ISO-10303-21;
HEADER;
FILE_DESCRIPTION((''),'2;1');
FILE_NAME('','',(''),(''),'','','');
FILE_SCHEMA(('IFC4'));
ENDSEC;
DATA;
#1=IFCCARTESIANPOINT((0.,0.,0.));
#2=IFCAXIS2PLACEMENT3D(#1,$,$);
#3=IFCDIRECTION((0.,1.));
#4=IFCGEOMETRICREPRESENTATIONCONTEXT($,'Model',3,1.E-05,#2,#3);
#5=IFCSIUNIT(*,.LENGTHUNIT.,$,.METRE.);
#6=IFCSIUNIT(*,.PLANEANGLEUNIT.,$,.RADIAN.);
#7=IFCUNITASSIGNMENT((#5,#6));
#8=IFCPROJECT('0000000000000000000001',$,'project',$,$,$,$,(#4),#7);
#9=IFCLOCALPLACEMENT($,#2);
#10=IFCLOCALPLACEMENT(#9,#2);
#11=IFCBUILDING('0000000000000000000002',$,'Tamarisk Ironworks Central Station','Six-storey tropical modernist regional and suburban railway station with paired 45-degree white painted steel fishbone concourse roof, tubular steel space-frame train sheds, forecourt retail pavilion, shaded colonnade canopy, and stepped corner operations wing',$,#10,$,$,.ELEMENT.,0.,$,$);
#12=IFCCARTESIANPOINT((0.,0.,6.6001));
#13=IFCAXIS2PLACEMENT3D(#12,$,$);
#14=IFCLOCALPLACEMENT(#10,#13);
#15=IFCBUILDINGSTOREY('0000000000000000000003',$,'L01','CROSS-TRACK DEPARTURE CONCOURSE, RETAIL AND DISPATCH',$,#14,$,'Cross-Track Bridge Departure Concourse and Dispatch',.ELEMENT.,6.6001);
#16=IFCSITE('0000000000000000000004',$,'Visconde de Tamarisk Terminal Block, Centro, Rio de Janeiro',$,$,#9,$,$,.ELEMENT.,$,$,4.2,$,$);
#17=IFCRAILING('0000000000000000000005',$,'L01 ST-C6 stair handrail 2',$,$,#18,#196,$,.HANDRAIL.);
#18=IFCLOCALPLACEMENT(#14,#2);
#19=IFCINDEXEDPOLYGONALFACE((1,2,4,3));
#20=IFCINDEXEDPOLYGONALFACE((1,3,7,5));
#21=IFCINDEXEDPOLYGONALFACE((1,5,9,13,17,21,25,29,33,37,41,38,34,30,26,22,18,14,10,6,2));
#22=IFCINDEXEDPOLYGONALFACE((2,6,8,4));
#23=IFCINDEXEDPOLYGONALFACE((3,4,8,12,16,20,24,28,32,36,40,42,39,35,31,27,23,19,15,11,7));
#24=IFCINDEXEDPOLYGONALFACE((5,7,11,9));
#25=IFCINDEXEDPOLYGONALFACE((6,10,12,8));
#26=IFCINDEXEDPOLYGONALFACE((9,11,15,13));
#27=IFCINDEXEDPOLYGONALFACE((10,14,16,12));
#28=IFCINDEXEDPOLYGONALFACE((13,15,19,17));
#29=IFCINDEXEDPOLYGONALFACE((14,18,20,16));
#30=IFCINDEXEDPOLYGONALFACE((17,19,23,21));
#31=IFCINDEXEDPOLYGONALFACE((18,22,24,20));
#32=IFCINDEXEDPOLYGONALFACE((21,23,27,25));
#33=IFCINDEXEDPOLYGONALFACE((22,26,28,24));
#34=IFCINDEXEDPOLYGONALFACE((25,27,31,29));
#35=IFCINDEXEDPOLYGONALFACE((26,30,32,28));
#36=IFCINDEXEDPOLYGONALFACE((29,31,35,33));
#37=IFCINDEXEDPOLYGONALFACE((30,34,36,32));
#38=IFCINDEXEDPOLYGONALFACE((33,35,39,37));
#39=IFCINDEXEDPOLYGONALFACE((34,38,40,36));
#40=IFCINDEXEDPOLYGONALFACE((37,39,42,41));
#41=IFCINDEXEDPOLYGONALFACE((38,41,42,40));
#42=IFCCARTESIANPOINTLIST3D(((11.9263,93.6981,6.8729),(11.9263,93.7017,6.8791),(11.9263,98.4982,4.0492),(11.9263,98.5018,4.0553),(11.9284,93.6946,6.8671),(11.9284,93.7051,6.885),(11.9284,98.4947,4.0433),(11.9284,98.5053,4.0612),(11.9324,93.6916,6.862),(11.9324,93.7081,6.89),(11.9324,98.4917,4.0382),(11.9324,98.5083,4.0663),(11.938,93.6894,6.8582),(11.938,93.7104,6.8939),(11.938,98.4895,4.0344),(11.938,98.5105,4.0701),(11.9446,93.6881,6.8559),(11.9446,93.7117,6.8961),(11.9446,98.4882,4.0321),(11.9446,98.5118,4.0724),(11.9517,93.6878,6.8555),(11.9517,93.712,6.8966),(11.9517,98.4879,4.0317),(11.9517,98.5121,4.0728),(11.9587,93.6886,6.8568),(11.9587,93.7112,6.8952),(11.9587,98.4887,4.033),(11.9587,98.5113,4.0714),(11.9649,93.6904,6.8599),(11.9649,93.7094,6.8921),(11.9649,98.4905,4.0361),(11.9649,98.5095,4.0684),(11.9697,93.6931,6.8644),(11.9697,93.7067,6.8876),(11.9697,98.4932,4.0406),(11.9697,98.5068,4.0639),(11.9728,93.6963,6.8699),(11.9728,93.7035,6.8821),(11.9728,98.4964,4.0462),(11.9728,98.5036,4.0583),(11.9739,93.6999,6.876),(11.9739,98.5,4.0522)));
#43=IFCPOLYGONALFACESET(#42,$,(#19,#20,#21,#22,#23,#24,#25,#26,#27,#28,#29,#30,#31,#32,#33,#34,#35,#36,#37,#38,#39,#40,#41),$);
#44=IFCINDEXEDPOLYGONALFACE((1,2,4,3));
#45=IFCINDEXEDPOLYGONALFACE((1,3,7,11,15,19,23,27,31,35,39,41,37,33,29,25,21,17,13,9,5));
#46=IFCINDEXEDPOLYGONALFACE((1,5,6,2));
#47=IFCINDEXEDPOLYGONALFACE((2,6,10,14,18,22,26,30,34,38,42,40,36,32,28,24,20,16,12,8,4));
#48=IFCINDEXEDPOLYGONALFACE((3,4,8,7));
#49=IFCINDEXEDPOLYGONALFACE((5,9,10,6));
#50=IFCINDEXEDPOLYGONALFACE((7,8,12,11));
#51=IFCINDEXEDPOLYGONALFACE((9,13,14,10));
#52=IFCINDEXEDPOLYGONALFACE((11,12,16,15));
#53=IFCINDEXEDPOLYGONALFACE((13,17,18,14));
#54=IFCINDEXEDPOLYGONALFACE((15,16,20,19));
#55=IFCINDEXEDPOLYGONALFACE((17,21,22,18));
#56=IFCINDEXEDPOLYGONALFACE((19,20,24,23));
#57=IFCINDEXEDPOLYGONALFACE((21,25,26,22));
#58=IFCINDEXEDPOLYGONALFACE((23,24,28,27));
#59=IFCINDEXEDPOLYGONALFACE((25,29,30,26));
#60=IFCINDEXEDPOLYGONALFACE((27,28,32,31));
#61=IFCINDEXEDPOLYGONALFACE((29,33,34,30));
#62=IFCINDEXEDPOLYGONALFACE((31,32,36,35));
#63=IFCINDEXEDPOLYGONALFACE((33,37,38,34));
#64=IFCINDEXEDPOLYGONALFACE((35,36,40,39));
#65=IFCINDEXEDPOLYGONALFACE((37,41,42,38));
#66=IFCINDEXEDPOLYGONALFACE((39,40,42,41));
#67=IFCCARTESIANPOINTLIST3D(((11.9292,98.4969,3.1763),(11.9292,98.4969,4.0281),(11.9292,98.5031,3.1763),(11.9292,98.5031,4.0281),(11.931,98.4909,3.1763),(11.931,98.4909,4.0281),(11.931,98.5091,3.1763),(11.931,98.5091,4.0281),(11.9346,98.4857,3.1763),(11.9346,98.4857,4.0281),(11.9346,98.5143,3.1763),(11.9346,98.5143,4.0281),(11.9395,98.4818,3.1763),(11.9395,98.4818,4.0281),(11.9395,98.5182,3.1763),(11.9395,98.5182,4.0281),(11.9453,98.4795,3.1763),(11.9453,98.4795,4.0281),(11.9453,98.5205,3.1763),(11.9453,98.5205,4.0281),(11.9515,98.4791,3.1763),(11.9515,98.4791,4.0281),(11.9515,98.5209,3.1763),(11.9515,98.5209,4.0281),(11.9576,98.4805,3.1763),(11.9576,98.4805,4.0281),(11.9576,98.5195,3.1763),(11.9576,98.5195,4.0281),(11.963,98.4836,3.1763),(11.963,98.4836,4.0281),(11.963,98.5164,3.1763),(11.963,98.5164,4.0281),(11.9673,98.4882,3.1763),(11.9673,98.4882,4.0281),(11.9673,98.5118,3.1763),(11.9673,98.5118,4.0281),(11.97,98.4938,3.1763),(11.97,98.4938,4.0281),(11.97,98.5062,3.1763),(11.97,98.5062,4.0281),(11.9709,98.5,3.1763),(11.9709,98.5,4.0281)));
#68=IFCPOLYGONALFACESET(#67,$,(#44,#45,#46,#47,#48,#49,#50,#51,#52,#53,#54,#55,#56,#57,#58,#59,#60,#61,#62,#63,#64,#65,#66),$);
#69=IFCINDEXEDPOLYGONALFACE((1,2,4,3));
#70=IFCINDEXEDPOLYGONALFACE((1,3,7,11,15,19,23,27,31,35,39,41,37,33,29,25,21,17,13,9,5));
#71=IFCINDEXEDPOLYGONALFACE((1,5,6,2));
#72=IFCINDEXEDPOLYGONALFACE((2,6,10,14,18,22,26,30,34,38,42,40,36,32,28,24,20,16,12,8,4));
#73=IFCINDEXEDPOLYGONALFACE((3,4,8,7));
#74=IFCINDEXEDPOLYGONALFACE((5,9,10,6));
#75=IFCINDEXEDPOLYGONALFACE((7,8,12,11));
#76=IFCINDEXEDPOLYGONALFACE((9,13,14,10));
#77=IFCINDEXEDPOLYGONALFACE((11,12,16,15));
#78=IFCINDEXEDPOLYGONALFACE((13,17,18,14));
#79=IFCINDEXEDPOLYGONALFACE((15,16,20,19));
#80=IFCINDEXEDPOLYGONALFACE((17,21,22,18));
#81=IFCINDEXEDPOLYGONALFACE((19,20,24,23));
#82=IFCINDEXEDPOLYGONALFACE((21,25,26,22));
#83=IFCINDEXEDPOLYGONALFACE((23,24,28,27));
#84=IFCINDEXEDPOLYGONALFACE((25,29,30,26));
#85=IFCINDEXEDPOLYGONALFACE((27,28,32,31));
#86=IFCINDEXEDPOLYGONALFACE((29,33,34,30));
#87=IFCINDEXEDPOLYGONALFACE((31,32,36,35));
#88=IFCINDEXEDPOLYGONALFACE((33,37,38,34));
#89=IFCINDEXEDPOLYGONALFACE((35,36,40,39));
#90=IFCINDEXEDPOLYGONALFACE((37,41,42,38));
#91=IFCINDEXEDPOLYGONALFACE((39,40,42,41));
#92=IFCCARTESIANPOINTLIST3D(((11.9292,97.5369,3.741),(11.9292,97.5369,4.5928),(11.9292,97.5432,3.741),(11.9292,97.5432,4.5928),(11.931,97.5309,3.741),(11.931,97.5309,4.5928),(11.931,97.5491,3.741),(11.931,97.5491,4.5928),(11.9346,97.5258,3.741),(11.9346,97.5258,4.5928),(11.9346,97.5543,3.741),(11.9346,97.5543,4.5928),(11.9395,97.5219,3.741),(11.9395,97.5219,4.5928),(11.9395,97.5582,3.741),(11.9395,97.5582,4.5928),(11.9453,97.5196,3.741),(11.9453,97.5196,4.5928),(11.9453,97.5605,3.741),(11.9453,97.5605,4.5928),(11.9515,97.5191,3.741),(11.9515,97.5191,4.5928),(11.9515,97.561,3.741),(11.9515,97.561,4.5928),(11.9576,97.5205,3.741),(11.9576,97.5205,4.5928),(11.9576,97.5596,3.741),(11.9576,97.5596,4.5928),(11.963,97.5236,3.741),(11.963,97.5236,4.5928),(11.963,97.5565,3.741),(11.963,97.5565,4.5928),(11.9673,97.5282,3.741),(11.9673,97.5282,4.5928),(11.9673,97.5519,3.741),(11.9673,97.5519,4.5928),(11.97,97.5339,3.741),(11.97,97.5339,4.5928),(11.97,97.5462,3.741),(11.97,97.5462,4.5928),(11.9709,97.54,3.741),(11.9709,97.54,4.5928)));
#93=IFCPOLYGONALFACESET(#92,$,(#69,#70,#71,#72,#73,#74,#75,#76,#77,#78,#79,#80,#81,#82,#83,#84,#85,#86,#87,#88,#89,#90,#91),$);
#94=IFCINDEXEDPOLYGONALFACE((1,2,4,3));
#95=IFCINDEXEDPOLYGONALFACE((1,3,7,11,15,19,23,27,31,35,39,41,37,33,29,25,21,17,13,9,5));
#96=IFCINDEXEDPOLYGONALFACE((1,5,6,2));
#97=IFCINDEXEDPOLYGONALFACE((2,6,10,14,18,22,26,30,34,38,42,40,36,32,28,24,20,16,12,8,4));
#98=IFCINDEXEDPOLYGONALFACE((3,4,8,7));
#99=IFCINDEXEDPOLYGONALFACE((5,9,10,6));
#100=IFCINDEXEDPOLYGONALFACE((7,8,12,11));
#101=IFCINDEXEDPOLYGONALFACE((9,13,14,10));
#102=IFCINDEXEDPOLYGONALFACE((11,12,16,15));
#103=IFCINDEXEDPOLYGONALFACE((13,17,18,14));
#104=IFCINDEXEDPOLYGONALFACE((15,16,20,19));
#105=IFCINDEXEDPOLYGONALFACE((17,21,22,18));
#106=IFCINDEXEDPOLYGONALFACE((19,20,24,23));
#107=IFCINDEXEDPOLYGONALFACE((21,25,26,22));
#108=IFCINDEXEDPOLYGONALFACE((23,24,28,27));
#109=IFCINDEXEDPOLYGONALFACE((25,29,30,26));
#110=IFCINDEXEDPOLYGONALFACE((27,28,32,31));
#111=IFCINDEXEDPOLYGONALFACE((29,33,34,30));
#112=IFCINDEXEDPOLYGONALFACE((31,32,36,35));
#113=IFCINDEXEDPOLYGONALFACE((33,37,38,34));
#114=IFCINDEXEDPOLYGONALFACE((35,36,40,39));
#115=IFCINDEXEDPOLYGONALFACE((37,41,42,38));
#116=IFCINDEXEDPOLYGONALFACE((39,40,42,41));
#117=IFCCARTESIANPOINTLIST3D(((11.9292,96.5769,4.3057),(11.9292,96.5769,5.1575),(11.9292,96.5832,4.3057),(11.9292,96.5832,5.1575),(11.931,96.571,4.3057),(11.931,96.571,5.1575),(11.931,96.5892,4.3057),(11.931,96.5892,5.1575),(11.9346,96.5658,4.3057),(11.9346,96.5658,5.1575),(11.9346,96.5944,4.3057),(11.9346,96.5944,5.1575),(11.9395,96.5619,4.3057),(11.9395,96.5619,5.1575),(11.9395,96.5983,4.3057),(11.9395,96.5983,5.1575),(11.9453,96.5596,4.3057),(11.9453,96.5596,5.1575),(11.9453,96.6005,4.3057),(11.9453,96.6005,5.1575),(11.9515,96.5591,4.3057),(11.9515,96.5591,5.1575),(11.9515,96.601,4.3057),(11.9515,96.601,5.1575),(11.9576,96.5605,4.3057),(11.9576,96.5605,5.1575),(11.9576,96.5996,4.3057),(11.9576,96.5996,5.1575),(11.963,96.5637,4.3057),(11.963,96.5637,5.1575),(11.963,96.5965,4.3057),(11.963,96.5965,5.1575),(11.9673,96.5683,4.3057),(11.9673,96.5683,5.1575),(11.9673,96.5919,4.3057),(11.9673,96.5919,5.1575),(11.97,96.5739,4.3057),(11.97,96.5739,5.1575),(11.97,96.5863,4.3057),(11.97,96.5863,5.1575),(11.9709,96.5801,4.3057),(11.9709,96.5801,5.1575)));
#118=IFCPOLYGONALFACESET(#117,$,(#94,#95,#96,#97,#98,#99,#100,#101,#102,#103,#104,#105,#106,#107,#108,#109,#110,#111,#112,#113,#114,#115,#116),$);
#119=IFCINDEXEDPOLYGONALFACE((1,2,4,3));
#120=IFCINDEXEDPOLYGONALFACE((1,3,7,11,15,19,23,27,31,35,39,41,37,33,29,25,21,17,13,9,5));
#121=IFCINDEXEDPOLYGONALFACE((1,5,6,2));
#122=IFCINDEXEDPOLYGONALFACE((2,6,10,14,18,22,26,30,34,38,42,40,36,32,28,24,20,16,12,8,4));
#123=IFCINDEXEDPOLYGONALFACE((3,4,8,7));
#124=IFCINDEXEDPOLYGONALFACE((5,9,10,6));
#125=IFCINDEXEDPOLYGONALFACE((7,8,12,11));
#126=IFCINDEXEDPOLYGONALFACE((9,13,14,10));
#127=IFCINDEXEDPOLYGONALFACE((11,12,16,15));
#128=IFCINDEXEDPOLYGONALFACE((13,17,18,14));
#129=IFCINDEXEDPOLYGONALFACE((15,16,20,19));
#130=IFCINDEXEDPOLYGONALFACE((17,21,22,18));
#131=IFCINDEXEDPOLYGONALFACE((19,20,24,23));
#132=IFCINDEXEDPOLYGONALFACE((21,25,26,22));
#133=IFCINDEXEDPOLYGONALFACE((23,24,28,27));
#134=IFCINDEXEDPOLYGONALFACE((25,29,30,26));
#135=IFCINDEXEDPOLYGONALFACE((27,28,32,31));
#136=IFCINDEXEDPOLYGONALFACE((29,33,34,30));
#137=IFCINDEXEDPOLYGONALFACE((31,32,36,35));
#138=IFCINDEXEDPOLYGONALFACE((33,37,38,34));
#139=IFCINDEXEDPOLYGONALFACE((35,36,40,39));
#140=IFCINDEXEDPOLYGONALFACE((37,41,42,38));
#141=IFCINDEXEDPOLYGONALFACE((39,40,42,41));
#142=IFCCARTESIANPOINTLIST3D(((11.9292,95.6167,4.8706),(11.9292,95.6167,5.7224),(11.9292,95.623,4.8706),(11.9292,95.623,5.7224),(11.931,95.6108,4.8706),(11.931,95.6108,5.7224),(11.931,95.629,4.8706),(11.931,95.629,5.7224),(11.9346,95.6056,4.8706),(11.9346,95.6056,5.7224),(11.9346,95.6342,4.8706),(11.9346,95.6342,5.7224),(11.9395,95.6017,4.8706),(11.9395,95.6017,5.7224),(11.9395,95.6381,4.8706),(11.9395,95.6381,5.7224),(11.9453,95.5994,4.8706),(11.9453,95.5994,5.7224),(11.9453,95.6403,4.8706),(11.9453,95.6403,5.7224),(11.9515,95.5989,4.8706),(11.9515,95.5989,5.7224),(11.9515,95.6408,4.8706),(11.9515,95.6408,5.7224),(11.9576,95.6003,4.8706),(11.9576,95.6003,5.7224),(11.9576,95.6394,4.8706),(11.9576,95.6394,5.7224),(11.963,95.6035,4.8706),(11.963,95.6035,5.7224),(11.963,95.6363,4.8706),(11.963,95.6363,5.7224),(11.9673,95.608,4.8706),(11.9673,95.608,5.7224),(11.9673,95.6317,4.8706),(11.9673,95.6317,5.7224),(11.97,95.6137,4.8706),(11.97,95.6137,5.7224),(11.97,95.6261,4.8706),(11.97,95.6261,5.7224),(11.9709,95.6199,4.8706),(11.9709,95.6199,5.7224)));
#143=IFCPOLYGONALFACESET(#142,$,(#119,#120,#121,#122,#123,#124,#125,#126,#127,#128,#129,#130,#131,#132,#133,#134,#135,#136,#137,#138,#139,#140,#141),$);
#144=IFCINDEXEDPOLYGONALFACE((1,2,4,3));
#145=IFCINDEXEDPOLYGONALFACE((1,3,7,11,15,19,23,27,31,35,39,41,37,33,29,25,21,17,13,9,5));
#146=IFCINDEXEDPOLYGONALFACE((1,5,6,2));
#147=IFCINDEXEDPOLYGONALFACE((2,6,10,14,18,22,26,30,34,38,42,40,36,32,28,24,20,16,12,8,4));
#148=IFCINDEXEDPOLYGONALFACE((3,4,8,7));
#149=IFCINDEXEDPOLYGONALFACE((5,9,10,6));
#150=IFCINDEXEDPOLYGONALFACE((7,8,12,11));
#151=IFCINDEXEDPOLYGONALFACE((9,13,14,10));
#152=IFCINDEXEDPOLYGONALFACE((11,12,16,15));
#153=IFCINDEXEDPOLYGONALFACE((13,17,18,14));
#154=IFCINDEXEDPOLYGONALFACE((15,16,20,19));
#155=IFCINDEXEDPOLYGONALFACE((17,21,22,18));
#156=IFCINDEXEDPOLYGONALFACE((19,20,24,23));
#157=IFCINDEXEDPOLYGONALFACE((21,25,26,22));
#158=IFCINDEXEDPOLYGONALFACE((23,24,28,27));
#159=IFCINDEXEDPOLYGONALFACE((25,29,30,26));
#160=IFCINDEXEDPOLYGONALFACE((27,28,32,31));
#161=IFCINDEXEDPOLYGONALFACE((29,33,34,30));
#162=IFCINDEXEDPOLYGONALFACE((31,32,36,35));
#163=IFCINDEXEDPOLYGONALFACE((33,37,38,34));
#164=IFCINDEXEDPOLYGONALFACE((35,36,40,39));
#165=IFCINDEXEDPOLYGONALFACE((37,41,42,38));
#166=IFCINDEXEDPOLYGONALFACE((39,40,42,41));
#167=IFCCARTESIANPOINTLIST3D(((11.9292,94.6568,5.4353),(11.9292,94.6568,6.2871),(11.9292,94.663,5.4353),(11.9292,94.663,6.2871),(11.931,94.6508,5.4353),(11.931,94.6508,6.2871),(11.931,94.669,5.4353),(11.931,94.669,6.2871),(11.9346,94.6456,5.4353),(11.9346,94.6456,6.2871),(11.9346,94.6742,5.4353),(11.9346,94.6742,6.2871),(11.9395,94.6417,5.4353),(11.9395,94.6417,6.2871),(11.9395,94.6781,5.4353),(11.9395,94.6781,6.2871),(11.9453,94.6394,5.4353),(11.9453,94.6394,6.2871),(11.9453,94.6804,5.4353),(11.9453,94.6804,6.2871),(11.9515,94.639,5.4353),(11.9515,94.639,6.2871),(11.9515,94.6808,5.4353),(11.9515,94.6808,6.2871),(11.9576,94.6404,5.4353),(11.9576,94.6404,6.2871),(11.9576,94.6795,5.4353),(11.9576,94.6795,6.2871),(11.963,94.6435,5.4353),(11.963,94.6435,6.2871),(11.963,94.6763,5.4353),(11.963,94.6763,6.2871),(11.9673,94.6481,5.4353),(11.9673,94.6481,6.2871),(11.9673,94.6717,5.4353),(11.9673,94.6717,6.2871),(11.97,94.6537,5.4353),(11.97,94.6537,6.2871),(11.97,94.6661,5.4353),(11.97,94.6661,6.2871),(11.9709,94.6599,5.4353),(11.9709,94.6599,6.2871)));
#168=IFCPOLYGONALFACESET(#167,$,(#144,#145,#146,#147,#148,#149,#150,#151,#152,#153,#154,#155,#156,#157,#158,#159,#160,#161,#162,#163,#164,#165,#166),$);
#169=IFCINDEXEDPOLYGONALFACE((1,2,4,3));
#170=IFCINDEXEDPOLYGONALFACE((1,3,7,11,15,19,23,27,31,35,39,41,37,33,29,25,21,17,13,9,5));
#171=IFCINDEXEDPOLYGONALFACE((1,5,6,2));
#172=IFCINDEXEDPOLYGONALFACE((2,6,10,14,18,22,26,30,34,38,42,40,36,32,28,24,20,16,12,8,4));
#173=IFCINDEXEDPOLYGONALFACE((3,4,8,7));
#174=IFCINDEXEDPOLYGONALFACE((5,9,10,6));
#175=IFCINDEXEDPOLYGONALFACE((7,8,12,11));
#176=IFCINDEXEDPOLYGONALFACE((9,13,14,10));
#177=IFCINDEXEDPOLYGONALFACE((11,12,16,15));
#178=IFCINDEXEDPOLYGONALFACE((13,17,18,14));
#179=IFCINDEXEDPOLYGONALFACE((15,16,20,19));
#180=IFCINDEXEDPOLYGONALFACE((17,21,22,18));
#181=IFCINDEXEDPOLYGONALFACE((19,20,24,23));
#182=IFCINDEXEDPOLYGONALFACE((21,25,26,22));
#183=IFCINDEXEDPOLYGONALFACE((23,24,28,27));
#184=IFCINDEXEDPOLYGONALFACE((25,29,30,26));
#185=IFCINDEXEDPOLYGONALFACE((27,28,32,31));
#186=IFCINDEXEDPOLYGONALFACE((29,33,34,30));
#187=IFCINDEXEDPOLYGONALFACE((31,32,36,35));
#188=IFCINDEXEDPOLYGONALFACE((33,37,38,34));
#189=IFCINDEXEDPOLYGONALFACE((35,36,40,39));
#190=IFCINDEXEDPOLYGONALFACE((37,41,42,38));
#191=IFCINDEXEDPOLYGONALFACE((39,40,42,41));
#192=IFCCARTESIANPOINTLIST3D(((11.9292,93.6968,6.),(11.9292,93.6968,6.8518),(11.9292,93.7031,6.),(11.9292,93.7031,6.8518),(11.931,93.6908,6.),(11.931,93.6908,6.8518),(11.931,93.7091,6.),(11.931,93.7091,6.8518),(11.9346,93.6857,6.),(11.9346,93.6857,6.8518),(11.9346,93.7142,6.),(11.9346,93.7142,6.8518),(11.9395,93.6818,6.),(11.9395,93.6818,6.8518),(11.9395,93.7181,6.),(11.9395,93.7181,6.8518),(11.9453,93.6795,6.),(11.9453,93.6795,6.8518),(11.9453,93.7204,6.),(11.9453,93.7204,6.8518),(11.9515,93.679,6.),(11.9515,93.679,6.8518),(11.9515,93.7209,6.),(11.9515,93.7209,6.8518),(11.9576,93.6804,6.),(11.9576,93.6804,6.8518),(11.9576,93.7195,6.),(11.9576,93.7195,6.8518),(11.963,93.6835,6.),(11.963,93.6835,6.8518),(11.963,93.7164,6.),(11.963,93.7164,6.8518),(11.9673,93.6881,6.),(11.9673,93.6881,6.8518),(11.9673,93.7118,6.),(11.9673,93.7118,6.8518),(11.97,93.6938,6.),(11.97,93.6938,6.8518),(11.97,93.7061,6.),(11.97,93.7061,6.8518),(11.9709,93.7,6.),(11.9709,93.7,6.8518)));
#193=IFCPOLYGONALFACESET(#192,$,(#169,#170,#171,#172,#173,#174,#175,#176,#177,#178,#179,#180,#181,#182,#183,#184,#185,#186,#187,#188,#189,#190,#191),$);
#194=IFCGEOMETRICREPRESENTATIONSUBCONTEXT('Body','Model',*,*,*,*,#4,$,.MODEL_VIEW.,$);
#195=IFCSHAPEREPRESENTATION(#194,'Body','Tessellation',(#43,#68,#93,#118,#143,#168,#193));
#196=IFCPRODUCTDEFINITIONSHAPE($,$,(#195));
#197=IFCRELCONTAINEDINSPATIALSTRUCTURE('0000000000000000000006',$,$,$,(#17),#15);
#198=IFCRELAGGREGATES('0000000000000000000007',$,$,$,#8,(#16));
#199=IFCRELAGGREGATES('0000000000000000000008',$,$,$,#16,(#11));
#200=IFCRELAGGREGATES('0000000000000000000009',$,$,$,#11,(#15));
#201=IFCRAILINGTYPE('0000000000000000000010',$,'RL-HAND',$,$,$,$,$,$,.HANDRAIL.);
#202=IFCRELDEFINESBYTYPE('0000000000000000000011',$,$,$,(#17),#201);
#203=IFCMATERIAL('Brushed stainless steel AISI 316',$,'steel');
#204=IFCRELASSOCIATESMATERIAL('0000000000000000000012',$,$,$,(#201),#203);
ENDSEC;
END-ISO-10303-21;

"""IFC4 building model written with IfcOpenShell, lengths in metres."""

from ifc_helpers import new_model, si_unit, direction, frame, origin, origin_2d, place, context, subcontext, project, spatial, circle, extrude, material, type_object, element, save


model = new_model("IFC4")

# Units and contexts
model_context = context("Model", 3, precision=1e-05, world=origin(), true_north=direction((0.0, 1.0)))
body_context = subcontext(model_context, "Body", "Model", "MODEL_VIEW")
ifc_project = project(units=[si_unit("LENGTHUNIT", "METRE"), si_unit("PLANEANGLEUNIT", "RADIAN")], contexts=[model_context])

# Site, building, storey
site_placement = place(None, origin())
site = spatial("IfcSite", under=ifc_project, at=site_placement, Name="Visconde de Tamarisk Terminal Block, Centro, Rio de Janeiro", CompositionType="ELEMENT", RefElevation=4.2)
building_placement = place(site_placement, origin())
building = spatial("IfcBuilding", under=site, at=building_placement, Name="Tamarisk Ironworks Central Station", Description="Six-storey tropical modernist regional and suburban railway station with paired 45-degree white painted steel fishbone concourse roof, tubular steel space-frame train sheds, forecourt retail pavilion, shaded colonnade canopy, and stepped corner operations wing", CompositionType="ELEMENT", ElevationOfRefHeight=0.0)
storey_placement = place(building_placement, frame((0.0, 0.0, 6.6001)))
storey = spatial("IfcBuildingStorey", under=building, at=storey_placement, Name="L01", Description="CROSS-TRACK DEPARTURE CONCOURSE, RETAIL AND DISPATCH", LongName="Cross-Track Bridge Departure Concourse and Dispatch", CompositionType="ELEMENT", Elevation=6.6001)

# Railing
ifc_material_1 = material(Name="Brushed stainless steel AISI 316", Category="steel")
railing_type_1 = type_object("IfcRailingType", Name="RL-HAND", PredefinedType="HANDRAIL", material=ifc_material_1)
railing_1_placement = place(storey_placement, frame((11.95, 98.5, 3.1763)))
element("IfcRailing", 1, at=railing_1_placement, inside=storey, type_object=railing_type_1, Name="L01 ST-C6 stair handrail 2", PredefinedType="HANDRAIL", context=body_context, shape_type="SweptSolid", body=[
    extrude(circle(Radius=0.0239, at=origin_2d()), frame((0.0, 0.0, 0.876), z_axis=(0.0, -0.861921, 0.507043), x_axis=(1.0, 0.0, 0.0)), (0.0, 0.0, 1.0), 5.5691),
    extrude(circle(Radius=0.021, at=origin_2d()), origin(), (0.0, 0.0, 1.0), 0.8518),
    extrude(circle(Radius=0.021, at=origin_2d()), frame((0.0, -0.96, 0.5647)), (0.0, 0.0, 1.0), 0.8518),
    extrude(circle(Radius=0.021, at=origin_2d()), frame((0.0, -1.9199, 1.1294)), (0.0, 0.0, 1.0), 0.8518),
    extrude(circle(Radius=0.021, at=origin_2d()), frame((0.0, -2.8801, 1.6943)), (0.0, 0.0, 1.0), 0.8518),
    extrude(circle(Radius=0.021, at=origin_2d()), frame((0.0, -3.8401, 2.259)), (0.0, 0.0, 1.0), 0.8518),
    extrude(circle(Radius=0.021, at=origin_2d()), frame((0.0, -4.8, 2.8237)), (0.0, 0.0, 1.0), 0.8518),
])

save(model, "model.ifc")
